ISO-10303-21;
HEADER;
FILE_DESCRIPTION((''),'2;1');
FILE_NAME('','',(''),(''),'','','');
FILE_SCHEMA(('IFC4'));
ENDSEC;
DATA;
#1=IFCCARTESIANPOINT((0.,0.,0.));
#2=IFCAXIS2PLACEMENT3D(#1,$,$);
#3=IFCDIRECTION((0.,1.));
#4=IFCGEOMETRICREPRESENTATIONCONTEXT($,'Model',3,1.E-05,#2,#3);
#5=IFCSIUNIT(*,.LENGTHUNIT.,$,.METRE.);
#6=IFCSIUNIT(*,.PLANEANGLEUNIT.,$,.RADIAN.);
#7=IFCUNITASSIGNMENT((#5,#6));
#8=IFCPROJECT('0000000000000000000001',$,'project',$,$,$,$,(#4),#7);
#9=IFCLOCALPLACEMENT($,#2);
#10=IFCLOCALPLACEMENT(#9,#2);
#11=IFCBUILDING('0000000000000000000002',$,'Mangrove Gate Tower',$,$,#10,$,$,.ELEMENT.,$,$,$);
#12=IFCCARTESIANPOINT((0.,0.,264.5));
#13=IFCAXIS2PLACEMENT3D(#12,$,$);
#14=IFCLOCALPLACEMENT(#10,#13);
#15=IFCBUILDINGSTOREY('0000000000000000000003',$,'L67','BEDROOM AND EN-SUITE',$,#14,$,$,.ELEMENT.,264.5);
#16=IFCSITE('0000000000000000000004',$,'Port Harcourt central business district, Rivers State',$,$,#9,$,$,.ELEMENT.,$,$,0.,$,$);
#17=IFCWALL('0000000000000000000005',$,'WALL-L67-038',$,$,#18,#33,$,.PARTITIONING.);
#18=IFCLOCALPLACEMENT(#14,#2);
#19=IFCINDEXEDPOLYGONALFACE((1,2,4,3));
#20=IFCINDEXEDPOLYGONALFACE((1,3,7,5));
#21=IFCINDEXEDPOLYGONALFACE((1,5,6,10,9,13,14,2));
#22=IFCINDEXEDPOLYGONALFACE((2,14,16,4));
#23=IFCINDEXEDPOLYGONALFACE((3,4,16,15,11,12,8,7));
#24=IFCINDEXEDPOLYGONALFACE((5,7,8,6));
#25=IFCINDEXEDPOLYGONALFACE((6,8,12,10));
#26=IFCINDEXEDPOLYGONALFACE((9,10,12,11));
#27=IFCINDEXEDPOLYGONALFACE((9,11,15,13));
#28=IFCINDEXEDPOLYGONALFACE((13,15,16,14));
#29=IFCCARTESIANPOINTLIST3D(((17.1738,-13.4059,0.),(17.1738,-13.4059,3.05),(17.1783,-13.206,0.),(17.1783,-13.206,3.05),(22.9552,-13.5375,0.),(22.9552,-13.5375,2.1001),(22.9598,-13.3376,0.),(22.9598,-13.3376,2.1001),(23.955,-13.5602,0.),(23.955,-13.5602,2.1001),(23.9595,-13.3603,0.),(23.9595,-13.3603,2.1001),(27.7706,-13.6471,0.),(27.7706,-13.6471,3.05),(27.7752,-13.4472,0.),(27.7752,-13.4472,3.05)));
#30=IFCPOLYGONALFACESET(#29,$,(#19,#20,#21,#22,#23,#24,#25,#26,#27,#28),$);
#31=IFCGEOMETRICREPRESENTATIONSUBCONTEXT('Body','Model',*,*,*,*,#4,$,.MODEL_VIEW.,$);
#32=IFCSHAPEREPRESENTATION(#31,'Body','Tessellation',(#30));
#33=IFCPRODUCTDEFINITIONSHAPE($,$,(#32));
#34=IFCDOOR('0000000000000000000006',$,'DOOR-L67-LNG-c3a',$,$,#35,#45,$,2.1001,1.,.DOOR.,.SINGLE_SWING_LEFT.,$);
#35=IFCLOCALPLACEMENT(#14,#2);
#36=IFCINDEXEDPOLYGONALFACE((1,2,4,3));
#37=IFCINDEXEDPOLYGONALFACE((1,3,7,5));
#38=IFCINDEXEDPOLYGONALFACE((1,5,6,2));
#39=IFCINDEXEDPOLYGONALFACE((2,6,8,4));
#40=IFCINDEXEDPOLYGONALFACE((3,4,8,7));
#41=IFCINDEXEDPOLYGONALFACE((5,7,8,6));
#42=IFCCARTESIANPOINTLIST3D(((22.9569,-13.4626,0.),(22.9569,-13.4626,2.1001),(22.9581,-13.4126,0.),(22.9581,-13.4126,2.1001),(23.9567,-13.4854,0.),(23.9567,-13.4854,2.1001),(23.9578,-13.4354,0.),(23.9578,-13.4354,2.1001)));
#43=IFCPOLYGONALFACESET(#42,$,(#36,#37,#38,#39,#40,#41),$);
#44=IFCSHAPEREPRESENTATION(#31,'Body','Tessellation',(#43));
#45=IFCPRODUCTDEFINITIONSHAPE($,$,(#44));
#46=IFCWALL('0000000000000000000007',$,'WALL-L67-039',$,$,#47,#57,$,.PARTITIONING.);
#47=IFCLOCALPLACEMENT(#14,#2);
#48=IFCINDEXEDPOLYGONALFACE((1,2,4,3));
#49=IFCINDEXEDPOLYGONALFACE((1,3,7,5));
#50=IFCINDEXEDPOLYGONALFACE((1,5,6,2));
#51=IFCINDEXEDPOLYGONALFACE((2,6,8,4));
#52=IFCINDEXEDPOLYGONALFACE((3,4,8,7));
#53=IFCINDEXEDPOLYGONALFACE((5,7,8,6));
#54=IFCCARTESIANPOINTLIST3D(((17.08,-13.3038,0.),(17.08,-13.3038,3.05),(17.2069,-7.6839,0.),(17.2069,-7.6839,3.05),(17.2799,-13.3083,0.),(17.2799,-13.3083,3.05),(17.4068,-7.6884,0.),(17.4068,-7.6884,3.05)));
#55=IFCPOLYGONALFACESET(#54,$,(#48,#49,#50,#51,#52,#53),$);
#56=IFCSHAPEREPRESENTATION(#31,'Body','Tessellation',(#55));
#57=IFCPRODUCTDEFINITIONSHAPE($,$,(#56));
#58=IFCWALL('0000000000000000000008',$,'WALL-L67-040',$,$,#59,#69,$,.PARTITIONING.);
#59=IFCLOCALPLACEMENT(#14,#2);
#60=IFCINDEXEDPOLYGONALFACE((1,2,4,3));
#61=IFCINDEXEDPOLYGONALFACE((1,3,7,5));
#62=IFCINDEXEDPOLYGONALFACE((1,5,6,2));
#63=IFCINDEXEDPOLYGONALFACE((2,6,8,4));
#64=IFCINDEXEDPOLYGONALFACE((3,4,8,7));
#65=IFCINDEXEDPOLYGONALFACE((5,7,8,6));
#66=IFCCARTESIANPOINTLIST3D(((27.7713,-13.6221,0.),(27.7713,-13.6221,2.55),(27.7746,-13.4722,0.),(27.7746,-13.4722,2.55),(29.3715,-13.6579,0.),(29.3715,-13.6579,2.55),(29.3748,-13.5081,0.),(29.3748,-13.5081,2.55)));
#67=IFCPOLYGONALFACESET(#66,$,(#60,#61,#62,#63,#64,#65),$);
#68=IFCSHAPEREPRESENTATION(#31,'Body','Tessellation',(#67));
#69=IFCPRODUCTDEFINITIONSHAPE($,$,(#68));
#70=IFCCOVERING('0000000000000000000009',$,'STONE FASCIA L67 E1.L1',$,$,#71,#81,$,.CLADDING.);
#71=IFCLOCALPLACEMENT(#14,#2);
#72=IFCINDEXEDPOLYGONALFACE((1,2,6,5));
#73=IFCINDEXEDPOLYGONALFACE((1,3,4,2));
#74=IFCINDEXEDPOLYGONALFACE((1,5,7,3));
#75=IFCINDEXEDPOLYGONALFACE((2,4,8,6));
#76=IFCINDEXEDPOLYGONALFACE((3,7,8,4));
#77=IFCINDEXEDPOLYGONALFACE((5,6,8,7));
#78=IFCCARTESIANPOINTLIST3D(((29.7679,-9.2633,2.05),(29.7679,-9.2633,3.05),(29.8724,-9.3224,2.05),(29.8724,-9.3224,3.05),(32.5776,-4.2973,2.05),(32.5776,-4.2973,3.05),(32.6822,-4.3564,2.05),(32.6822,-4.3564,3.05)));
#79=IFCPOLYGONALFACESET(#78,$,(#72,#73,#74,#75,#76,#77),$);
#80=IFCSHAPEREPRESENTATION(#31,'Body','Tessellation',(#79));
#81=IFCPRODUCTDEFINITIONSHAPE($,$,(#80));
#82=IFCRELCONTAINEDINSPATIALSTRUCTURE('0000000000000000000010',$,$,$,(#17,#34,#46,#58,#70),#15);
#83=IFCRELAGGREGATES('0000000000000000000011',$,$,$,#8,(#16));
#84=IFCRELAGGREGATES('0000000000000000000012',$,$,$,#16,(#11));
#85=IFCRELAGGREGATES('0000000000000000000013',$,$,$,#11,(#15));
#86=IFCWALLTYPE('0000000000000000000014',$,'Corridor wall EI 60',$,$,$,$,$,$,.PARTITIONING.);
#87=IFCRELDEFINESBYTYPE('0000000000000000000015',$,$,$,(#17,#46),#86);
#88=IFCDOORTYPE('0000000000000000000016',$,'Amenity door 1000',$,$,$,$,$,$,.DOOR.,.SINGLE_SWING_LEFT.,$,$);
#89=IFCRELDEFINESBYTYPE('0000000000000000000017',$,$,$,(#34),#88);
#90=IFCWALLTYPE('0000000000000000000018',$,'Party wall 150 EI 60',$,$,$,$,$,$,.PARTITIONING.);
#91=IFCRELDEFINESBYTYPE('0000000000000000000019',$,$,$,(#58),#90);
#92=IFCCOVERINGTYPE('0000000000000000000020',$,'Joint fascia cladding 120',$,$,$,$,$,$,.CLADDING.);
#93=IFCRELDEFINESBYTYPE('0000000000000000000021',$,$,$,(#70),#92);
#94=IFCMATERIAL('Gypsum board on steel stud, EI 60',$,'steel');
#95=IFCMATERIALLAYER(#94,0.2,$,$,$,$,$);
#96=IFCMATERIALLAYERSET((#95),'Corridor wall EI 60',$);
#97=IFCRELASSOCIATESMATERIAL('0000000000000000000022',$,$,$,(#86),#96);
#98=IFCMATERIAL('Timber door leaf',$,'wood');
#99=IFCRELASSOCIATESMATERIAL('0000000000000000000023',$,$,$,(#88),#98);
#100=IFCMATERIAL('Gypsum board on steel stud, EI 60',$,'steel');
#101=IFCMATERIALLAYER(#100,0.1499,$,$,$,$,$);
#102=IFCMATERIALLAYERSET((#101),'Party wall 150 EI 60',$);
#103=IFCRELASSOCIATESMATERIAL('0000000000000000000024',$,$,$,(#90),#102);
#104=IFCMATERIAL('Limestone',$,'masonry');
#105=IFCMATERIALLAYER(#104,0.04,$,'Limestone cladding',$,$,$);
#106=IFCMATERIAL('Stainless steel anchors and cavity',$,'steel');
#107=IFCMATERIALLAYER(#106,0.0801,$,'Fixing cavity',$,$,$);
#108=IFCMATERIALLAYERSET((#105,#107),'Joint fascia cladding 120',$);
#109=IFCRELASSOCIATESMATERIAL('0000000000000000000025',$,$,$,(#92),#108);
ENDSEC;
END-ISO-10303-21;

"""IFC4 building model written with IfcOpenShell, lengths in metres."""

from ifc_helpers import new_model, si_unit, direction, frame, frame_2d, origin, place, context, subcontext, project, spatial, rectangle, extrude, material, layer, layer_set, type_object, element, fill, save


model = new_model("IFC4")

# Units and contexts
model_context = context("Model", 3, precision=1e-05, world=origin(), true_north=direction((0.0, 1.0)))
body_context = subcontext(model_context, "Body", "Model", "MODEL_VIEW")
ifc_project = project(units=[si_unit("LENGTHUNIT", "METRE"), si_unit("PLANEANGLEUNIT", "RADIAN")], contexts=[model_context])

# Site, building, storey
site_placement = place(None, origin())
site = spatial("IfcSite", under=ifc_project, at=site_placement, Name="Port Harcourt central business district, Rivers State", CompositionType="ELEMENT", RefElevation=0.0)
building_placement = place(site_placement, origin())
building = spatial("IfcBuilding", under=site, at=building_placement, Name="Mangrove Gate Tower", CompositionType="ELEMENT")
storey_placement = place(building_placement, frame((0.0, 0.0, 264.5)))
storey = spatial("IfcBuildingStorey", under=building, at=storey_placement, Name="L67", Description="BEDROOM AND EN-SUITE", CompositionType="ELEMENT", Elevation=264.5)

# Shared definitions
ifc_material_1 = material(Name="Gypsum board on steel stud, EI 60", Category="steel")
ifc_layer_1 = layer(ifc_material_1, 0.2)
ifc_layer_set_1 = layer_set([ifc_layer_1], Name="Corridor wall EI 60")
wall_type_1 = type_object("IfcWallType", Name="Corridor wall EI 60", PredefinedType="PARTITIONING", material=ifc_layer_set_1)

# Wall, opening, door
wall_1_placement = place(storey_placement, frame((17.176, -13.3059, 0.0), z_axis=(0.0, 0.0, 1.0), x_axis=(0.999741, -0.022756, 0.0)))
wall_1 = element("IfcWall", 1, at=wall_1_placement, inside=storey, type_object=wall_type_1, Name="WALL-L67-038", PredefinedType="PARTITIONING", context=body_context, shape_type="SweptSolid", body=[
    extrude(rectangle(XDim=10.5996, YDim=0.2, at=frame_2d((5.2998, 0.0))), origin(), (0.0, 0.0, 1.0), 3.05),
])
opening_placement = place(wall_1_placement, frame((5.783, 0.0, 0.0)))
opening = element("IfcOpeningElement", 2, at=opening_placement, cuts=wall_1, PredefinedType="OPENING", context=body_context, shape_type="SweptSolid", body=[
    extrude(rectangle(XDim=1.0, YDim=2.1001, at=frame_2d((0.5, 1.05))), frame((0.0, 0.1099, 0.0), z_axis=(0.0, -1.0, 0.0), x_axis=(1.0, 0.0, 0.0)), (0.0, 0.0, 1.0), 0.22),
])
ifc_material_2 = material(Name="Timber door leaf", Category="wood")
door_type = type_object("IfcDoorType", Name="Amenity door 1000", OperationType="SINGLE_SWING_LEFT", PredefinedType="DOOR", material=ifc_material_2)
door_placement = place(opening_placement, origin())
door = element("IfcDoor", 3, at=door_placement, inside=storey, type_object=door_type, Name="DOOR-L67-LNG-c3a", OperationType="SINGLE_SWING_LEFT", OverallHeight=2.1001, OverallWidth=1.0, PredefinedType="DOOR", context=body_context, shape_type="SweptSolid", body=[
    extrude(rectangle(XDim=1.0, YDim=2.1001, at=frame_2d((0.5, 1.05))), frame((0.0, 0.0249, 0.0), z_axis=(0.0, -1.0, 0.0), x_axis=(1.0, 0.0, 0.0)), (0.0, 0.0, 1.0), 0.05),
])
fill(opening, door)

# Walls
wall_2_placement = place(storey_placement, frame((17.1799, -13.3059, 0.0), z_axis=(0.0, 0.0, 1.0), x_axis=(0.022584, 0.999745, 0.0)))
element("IfcWall", 4, at=wall_2_placement, inside=storey, type_object=wall_type_1, Name="WALL-L67-039", PredefinedType="PARTITIONING", context=body_context, shape_type="SweptSolid", body=[
    extrude(rectangle(XDim=5.6213, YDim=0.2, at=frame_2d((2.8105, 0.0))), origin(), (0.0, 0.0, 1.0), 3.05),
])
ifc_material_3 = material(Name="Gypsum board on steel stud, EI 60", Category="steel")
ifc_layer_2 = layer(ifc_material_3, 0.1499)
ifc_layer_set_2 = layer_set([ifc_layer_2], Name="Party wall 150 EI 60")
wall_type_2 = type_object("IfcWallType", Name="Party wall 150 EI 60", PredefinedType="PARTITIONING", material=ifc_layer_set_2)
wall_3_placement = place(storey_placement, frame((27.7729, -13.5471, 0.0), z_axis=(0.0, 0.0, 1.0), x_axis=(0.999749, -0.022423, 0.0)))
element("IfcWall", 5, at=wall_3_placement, inside=storey, type_object=wall_type_2, Name="WALL-L67-040", PredefinedType="PARTITIONING", context=body_context, shape_type="SweptSolid", body=[
    extrude(rectangle(XDim=1.6006, YDim=0.1499, at=frame_2d((0.8003, 0.0))), origin(), (0.0, 0.0, 1.0), 2.55),
])

# Covering
ifc_material_4 = material(Name="Limestone", Category="masonry")
ifc_layer_3 = layer(ifc_material_4, 0.04, Name="Limestone cladding")
ifc_material_5 = material(Name="Stainless steel anchors and cavity", Category="steel")
ifc_layer_4 = layer(ifc_material_5, 0.0801, Name="Fixing cavity")
ifc_layer_set_3 = layer_set([ifc_layer_3, ifc_layer_4], Name="Joint fascia cladding 120")
covering_type = type_object("IfcCoveringType", Name="Joint fascia cladding 120", PredefinedType="CLADDING", material=ifc_layer_set_3)
covering_placement = place(storey_placement, frame((29.8201, -9.293, 2.05), z_axis=(0.0, 0.0, 1.0), x_axis=(0.492444, 0.870344, 0.0)))
element("IfcCovering", 6, at=covering_placement, inside=storey, type_object=covering_type, Name="STONE FASCIA L67 E1.L1", PredefinedType="CLADDING", context=body_context, shape_type="SweptSolid", body=[
    extrude(rectangle(XDim=5.7058, YDim=0.1201, at=frame_2d((2.853, 0.0))), origin(), (0.0, 0.0, 1.0), 1.0),
])

save(model, "model.ifc")
